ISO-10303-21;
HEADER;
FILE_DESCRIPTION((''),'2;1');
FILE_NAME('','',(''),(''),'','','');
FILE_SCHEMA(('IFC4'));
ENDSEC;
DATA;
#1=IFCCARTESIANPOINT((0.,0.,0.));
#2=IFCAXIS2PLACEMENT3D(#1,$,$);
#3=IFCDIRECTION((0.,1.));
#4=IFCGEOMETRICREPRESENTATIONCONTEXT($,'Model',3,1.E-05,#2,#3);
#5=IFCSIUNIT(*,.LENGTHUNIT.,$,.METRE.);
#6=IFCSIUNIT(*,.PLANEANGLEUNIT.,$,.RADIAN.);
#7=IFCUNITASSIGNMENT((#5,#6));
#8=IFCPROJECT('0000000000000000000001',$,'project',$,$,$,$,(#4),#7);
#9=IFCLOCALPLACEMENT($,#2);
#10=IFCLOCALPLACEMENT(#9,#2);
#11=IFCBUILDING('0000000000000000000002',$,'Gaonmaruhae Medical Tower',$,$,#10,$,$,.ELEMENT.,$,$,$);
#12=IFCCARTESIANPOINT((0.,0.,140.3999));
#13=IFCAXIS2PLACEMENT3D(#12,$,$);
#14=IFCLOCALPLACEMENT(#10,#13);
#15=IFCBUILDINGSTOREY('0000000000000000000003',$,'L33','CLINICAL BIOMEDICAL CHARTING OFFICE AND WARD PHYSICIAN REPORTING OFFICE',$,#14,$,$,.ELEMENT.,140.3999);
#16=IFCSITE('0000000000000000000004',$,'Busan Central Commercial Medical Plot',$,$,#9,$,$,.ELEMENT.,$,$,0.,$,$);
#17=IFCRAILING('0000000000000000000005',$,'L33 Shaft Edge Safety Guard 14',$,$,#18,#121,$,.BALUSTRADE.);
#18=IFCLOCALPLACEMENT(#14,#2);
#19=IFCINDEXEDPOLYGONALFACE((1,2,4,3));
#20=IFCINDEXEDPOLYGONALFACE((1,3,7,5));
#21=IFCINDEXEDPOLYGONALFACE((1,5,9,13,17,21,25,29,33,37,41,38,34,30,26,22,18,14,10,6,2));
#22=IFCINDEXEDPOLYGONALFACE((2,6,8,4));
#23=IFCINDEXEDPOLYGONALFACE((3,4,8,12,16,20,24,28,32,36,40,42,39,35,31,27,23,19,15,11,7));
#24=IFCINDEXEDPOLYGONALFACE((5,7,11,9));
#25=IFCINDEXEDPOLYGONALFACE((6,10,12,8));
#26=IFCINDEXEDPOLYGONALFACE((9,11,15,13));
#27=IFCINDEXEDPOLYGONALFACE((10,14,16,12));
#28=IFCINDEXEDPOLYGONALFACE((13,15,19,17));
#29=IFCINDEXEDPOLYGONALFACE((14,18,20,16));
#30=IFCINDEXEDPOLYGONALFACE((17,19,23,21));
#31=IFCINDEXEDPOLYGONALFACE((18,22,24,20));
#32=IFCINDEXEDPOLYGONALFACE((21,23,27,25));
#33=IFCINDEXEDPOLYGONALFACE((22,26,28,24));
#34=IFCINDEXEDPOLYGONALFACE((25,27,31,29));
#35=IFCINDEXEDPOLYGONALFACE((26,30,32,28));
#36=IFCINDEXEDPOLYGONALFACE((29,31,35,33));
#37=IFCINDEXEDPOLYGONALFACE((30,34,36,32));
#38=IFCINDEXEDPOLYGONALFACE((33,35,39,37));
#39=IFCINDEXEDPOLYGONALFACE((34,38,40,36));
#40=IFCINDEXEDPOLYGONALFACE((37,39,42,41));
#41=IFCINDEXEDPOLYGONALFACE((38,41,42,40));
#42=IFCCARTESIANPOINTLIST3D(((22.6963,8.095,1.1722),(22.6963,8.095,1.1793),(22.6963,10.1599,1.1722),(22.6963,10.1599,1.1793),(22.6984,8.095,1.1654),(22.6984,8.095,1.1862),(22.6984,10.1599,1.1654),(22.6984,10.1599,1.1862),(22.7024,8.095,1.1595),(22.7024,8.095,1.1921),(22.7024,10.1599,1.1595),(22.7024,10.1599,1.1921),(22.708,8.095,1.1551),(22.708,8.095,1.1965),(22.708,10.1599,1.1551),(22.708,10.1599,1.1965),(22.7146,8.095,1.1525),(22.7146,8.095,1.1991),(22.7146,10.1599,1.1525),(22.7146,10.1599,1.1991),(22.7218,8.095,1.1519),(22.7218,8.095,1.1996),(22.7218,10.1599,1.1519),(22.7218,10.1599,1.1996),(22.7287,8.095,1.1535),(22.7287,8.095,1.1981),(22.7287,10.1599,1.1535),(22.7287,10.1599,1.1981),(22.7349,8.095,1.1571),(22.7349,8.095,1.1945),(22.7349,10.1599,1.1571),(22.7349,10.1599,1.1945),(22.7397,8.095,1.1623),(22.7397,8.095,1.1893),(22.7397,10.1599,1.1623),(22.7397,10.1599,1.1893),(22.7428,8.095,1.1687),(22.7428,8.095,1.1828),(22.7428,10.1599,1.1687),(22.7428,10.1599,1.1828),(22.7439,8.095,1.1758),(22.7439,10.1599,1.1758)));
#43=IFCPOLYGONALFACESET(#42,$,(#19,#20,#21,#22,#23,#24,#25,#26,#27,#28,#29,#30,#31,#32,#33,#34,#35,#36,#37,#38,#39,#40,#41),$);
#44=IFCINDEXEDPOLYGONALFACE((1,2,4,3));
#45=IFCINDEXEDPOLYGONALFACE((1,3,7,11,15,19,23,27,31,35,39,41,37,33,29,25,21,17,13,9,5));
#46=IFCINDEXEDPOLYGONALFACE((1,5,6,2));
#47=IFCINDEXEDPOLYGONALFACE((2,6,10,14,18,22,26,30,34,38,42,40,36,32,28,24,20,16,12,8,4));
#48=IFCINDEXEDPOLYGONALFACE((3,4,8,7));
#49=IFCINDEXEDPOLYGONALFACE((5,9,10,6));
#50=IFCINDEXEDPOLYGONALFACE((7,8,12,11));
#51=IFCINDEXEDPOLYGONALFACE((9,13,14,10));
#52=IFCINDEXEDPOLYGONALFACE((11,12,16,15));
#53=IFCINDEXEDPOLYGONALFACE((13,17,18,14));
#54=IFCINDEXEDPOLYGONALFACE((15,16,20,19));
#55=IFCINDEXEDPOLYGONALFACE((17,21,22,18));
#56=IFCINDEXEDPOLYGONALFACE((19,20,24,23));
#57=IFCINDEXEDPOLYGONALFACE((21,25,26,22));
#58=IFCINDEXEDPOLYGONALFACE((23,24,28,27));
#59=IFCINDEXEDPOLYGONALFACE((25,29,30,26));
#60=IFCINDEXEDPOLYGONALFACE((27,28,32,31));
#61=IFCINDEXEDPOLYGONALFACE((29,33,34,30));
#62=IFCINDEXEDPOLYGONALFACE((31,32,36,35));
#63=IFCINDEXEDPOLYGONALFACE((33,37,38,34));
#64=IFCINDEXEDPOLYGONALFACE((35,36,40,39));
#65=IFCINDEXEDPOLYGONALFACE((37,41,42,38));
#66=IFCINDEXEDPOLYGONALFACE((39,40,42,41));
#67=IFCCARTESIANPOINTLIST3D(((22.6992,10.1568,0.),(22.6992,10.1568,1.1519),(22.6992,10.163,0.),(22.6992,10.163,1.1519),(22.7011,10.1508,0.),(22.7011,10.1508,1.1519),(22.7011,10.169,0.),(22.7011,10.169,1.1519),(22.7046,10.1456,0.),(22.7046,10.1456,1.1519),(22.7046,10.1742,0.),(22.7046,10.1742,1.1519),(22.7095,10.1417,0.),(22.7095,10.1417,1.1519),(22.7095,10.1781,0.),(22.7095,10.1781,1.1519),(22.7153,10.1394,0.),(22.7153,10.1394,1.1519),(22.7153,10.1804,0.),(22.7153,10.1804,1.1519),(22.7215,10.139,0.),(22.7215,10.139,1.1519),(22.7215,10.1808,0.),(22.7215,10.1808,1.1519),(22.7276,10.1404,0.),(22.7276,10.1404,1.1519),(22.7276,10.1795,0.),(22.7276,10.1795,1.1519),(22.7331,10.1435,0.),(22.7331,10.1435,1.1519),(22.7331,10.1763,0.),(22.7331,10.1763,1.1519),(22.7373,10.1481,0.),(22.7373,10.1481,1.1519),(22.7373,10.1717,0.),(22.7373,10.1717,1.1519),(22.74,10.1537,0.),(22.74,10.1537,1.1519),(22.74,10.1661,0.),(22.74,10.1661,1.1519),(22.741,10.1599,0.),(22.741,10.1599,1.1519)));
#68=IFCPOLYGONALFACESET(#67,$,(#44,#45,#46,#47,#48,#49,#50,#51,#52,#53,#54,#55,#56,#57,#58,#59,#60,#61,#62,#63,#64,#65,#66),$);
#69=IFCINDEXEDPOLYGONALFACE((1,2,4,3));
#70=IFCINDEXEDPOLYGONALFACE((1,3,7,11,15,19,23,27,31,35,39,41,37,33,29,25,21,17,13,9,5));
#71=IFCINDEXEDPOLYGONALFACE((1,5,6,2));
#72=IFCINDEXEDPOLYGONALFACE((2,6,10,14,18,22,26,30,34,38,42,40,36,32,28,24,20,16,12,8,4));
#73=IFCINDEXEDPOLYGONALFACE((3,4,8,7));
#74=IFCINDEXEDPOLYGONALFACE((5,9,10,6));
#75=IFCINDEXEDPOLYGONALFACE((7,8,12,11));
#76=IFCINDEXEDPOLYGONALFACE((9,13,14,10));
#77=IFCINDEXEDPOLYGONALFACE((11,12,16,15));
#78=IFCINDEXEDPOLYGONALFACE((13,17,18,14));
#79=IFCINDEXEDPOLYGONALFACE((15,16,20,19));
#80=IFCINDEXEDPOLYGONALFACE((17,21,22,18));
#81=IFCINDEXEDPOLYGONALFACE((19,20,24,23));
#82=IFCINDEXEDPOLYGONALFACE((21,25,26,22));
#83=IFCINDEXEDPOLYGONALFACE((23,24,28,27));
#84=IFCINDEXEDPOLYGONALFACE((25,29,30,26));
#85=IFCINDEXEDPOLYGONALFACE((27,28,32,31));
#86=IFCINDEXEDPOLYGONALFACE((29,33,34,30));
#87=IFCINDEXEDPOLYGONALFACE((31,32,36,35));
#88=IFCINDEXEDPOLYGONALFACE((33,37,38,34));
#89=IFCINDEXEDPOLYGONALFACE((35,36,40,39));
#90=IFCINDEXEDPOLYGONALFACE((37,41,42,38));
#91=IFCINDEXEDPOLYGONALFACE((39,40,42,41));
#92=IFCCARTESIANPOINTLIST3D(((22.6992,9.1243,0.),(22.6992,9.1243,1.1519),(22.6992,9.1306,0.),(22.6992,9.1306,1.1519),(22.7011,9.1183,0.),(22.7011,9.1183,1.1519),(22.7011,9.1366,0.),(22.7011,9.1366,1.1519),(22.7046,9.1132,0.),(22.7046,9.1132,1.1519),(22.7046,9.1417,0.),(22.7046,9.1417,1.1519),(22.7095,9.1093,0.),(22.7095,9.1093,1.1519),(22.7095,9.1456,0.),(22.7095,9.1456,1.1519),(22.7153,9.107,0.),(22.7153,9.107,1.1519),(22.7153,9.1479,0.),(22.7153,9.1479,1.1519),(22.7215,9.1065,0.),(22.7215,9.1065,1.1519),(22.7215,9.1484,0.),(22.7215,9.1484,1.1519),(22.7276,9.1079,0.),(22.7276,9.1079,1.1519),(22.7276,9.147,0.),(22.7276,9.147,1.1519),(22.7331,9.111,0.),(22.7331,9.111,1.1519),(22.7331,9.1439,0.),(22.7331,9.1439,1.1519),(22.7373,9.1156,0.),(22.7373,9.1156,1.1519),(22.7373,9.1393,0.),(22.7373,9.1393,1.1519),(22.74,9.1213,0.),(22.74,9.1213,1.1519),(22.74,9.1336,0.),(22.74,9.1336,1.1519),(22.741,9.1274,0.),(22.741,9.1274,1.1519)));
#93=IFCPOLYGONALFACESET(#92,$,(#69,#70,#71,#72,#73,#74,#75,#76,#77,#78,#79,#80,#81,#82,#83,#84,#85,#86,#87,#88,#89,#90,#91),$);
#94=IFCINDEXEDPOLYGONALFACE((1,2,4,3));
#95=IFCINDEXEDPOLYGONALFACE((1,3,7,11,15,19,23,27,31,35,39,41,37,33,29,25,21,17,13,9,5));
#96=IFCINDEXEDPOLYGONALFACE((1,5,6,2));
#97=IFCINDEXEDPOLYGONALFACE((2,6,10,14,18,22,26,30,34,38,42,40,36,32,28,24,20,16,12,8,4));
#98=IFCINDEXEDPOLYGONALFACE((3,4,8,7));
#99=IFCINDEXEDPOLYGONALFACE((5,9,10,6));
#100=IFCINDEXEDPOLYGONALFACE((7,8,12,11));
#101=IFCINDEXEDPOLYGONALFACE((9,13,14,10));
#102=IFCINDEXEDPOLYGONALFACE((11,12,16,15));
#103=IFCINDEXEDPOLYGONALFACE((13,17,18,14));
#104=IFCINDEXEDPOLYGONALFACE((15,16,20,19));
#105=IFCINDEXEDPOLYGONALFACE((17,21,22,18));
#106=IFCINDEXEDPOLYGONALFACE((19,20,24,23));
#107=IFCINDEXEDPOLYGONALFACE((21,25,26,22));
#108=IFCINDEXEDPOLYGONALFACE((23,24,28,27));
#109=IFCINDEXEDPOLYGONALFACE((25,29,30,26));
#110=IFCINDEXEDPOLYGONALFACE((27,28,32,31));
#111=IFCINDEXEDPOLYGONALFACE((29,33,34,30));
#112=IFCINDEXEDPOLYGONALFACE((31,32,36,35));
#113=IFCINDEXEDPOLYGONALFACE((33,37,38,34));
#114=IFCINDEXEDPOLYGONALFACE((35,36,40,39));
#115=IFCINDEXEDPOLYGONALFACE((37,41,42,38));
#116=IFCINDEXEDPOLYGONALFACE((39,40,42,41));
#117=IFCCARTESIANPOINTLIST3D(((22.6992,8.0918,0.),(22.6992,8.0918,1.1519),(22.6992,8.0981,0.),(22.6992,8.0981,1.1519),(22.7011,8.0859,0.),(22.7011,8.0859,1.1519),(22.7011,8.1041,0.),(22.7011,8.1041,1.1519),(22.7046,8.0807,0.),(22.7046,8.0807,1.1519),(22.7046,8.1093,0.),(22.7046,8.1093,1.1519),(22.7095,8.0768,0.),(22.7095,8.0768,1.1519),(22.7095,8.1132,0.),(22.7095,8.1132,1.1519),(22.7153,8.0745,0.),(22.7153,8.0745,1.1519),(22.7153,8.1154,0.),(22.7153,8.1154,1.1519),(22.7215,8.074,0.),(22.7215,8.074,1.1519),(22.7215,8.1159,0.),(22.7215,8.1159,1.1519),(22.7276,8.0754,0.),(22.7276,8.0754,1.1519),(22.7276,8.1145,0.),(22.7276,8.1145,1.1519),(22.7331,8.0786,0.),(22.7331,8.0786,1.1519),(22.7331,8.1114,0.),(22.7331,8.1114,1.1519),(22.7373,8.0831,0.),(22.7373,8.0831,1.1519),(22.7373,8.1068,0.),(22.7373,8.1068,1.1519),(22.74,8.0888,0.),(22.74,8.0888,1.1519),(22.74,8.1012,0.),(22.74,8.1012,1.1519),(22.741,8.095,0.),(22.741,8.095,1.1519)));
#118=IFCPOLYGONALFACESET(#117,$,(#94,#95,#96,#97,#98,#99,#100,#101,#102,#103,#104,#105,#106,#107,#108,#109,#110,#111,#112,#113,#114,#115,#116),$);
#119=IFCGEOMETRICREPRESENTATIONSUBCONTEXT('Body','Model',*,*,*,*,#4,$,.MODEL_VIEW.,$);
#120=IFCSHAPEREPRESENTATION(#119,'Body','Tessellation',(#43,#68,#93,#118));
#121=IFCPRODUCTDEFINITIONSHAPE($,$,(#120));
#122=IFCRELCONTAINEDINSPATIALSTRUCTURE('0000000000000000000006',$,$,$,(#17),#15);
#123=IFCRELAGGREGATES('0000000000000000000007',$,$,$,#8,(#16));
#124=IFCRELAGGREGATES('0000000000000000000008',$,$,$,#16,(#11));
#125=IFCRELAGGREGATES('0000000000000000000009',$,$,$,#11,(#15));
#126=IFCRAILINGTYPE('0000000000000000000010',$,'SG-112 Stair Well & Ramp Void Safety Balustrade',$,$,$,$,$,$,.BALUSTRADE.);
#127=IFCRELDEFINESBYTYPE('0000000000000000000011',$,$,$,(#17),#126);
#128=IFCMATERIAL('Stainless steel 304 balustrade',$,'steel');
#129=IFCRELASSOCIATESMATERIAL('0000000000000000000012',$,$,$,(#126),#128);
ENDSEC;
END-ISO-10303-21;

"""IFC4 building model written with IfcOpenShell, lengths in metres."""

from ifc_helpers import new_model, si_unit, direction, frame, origin, origin_2d, place, context, subcontext, project, spatial, circle, extrude, material, type_object, element, save


model = new_model("IFC4")

# Units and contexts
model_context = context("Model", 3, precision=1e-05, world=origin(), true_north=direction((0.0, 1.0)))
body_context = subcontext(model_context, "Body", "Model", "MODEL_VIEW")
ifc_project = project(units=[si_unit("LENGTHUNIT", "METRE"), si_unit("PLANEANGLEUNIT", "RADIAN")], contexts=[model_context])

# Site, building, storey
site_placement = place(None, origin())
site = spatial("IfcSite", under=ifc_project, at=site_placement, Name="Busan Central Commercial Medical Plot", CompositionType="ELEMENT", RefElevation=0.0)
building_placement = place(site_placement, origin())
building = spatial("IfcBuilding", under=site, at=building_placement, Name="Gaonmaruhae Medical Tower", CompositionType="ELEMENT")
storey_placement = place(building_placement, frame((0.0, 0.0, 140.3999)))
storey = spatial("IfcBuildingStorey", under=building, at=storey_placement, Name="L33", Description="CLINICAL BIOMEDICAL CHARTING OFFICE AND WARD PHYSICIAN REPORTING OFFICE", CompositionType="ELEMENT", Elevation=140.3999)

# Railing
ifc_material_1 = material(Name="Stainless steel 304 balustrade", Category="steel")
railing_type_1 = type_object("IfcRailingType", Name="SG-112 Stair Well & Ramp Void Safety Balustrade", PredefinedType="BALUSTRADE", material=ifc_material_1)
railing_1_placement = place(storey_placement, frame((22.72, 10.1599, 0.0)))
element("IfcRailing", 1, at=railing_1_placement, inside=storey, type_object=railing_type_1, Name="L33 Shaft Edge Safety Guard 14", PredefinedType="BALUSTRADE", context=body_context, shape_type="SweptSolid", body=[
    extrude(circle(Radius=0.0239, at=origin_2d()), frame((0.0, 0.0, 1.1758), z_axis=(0.0, -1.0, 0.0), x_axis=(1.0, 0.0, 0.0)), (0.0, 0.0, 1.0), 2.0649),
    extrude(circle(Radius=0.021, at=origin_2d()), origin(), (0.0, 0.0, 1.0), 1.1519),
    extrude(circle(Radius=0.021, at=origin_2d()), frame((0.0, -1.0325, 0.0)), (0.0, 0.0, 1.0), 1.1519),
    extrude(circle(Radius=0.021, at=origin_2d()), frame((0.0, -2.0649, 0.0)), (0.0, 0.0, 1.0), 1.1519),
])

save(model, "model.ifc")
